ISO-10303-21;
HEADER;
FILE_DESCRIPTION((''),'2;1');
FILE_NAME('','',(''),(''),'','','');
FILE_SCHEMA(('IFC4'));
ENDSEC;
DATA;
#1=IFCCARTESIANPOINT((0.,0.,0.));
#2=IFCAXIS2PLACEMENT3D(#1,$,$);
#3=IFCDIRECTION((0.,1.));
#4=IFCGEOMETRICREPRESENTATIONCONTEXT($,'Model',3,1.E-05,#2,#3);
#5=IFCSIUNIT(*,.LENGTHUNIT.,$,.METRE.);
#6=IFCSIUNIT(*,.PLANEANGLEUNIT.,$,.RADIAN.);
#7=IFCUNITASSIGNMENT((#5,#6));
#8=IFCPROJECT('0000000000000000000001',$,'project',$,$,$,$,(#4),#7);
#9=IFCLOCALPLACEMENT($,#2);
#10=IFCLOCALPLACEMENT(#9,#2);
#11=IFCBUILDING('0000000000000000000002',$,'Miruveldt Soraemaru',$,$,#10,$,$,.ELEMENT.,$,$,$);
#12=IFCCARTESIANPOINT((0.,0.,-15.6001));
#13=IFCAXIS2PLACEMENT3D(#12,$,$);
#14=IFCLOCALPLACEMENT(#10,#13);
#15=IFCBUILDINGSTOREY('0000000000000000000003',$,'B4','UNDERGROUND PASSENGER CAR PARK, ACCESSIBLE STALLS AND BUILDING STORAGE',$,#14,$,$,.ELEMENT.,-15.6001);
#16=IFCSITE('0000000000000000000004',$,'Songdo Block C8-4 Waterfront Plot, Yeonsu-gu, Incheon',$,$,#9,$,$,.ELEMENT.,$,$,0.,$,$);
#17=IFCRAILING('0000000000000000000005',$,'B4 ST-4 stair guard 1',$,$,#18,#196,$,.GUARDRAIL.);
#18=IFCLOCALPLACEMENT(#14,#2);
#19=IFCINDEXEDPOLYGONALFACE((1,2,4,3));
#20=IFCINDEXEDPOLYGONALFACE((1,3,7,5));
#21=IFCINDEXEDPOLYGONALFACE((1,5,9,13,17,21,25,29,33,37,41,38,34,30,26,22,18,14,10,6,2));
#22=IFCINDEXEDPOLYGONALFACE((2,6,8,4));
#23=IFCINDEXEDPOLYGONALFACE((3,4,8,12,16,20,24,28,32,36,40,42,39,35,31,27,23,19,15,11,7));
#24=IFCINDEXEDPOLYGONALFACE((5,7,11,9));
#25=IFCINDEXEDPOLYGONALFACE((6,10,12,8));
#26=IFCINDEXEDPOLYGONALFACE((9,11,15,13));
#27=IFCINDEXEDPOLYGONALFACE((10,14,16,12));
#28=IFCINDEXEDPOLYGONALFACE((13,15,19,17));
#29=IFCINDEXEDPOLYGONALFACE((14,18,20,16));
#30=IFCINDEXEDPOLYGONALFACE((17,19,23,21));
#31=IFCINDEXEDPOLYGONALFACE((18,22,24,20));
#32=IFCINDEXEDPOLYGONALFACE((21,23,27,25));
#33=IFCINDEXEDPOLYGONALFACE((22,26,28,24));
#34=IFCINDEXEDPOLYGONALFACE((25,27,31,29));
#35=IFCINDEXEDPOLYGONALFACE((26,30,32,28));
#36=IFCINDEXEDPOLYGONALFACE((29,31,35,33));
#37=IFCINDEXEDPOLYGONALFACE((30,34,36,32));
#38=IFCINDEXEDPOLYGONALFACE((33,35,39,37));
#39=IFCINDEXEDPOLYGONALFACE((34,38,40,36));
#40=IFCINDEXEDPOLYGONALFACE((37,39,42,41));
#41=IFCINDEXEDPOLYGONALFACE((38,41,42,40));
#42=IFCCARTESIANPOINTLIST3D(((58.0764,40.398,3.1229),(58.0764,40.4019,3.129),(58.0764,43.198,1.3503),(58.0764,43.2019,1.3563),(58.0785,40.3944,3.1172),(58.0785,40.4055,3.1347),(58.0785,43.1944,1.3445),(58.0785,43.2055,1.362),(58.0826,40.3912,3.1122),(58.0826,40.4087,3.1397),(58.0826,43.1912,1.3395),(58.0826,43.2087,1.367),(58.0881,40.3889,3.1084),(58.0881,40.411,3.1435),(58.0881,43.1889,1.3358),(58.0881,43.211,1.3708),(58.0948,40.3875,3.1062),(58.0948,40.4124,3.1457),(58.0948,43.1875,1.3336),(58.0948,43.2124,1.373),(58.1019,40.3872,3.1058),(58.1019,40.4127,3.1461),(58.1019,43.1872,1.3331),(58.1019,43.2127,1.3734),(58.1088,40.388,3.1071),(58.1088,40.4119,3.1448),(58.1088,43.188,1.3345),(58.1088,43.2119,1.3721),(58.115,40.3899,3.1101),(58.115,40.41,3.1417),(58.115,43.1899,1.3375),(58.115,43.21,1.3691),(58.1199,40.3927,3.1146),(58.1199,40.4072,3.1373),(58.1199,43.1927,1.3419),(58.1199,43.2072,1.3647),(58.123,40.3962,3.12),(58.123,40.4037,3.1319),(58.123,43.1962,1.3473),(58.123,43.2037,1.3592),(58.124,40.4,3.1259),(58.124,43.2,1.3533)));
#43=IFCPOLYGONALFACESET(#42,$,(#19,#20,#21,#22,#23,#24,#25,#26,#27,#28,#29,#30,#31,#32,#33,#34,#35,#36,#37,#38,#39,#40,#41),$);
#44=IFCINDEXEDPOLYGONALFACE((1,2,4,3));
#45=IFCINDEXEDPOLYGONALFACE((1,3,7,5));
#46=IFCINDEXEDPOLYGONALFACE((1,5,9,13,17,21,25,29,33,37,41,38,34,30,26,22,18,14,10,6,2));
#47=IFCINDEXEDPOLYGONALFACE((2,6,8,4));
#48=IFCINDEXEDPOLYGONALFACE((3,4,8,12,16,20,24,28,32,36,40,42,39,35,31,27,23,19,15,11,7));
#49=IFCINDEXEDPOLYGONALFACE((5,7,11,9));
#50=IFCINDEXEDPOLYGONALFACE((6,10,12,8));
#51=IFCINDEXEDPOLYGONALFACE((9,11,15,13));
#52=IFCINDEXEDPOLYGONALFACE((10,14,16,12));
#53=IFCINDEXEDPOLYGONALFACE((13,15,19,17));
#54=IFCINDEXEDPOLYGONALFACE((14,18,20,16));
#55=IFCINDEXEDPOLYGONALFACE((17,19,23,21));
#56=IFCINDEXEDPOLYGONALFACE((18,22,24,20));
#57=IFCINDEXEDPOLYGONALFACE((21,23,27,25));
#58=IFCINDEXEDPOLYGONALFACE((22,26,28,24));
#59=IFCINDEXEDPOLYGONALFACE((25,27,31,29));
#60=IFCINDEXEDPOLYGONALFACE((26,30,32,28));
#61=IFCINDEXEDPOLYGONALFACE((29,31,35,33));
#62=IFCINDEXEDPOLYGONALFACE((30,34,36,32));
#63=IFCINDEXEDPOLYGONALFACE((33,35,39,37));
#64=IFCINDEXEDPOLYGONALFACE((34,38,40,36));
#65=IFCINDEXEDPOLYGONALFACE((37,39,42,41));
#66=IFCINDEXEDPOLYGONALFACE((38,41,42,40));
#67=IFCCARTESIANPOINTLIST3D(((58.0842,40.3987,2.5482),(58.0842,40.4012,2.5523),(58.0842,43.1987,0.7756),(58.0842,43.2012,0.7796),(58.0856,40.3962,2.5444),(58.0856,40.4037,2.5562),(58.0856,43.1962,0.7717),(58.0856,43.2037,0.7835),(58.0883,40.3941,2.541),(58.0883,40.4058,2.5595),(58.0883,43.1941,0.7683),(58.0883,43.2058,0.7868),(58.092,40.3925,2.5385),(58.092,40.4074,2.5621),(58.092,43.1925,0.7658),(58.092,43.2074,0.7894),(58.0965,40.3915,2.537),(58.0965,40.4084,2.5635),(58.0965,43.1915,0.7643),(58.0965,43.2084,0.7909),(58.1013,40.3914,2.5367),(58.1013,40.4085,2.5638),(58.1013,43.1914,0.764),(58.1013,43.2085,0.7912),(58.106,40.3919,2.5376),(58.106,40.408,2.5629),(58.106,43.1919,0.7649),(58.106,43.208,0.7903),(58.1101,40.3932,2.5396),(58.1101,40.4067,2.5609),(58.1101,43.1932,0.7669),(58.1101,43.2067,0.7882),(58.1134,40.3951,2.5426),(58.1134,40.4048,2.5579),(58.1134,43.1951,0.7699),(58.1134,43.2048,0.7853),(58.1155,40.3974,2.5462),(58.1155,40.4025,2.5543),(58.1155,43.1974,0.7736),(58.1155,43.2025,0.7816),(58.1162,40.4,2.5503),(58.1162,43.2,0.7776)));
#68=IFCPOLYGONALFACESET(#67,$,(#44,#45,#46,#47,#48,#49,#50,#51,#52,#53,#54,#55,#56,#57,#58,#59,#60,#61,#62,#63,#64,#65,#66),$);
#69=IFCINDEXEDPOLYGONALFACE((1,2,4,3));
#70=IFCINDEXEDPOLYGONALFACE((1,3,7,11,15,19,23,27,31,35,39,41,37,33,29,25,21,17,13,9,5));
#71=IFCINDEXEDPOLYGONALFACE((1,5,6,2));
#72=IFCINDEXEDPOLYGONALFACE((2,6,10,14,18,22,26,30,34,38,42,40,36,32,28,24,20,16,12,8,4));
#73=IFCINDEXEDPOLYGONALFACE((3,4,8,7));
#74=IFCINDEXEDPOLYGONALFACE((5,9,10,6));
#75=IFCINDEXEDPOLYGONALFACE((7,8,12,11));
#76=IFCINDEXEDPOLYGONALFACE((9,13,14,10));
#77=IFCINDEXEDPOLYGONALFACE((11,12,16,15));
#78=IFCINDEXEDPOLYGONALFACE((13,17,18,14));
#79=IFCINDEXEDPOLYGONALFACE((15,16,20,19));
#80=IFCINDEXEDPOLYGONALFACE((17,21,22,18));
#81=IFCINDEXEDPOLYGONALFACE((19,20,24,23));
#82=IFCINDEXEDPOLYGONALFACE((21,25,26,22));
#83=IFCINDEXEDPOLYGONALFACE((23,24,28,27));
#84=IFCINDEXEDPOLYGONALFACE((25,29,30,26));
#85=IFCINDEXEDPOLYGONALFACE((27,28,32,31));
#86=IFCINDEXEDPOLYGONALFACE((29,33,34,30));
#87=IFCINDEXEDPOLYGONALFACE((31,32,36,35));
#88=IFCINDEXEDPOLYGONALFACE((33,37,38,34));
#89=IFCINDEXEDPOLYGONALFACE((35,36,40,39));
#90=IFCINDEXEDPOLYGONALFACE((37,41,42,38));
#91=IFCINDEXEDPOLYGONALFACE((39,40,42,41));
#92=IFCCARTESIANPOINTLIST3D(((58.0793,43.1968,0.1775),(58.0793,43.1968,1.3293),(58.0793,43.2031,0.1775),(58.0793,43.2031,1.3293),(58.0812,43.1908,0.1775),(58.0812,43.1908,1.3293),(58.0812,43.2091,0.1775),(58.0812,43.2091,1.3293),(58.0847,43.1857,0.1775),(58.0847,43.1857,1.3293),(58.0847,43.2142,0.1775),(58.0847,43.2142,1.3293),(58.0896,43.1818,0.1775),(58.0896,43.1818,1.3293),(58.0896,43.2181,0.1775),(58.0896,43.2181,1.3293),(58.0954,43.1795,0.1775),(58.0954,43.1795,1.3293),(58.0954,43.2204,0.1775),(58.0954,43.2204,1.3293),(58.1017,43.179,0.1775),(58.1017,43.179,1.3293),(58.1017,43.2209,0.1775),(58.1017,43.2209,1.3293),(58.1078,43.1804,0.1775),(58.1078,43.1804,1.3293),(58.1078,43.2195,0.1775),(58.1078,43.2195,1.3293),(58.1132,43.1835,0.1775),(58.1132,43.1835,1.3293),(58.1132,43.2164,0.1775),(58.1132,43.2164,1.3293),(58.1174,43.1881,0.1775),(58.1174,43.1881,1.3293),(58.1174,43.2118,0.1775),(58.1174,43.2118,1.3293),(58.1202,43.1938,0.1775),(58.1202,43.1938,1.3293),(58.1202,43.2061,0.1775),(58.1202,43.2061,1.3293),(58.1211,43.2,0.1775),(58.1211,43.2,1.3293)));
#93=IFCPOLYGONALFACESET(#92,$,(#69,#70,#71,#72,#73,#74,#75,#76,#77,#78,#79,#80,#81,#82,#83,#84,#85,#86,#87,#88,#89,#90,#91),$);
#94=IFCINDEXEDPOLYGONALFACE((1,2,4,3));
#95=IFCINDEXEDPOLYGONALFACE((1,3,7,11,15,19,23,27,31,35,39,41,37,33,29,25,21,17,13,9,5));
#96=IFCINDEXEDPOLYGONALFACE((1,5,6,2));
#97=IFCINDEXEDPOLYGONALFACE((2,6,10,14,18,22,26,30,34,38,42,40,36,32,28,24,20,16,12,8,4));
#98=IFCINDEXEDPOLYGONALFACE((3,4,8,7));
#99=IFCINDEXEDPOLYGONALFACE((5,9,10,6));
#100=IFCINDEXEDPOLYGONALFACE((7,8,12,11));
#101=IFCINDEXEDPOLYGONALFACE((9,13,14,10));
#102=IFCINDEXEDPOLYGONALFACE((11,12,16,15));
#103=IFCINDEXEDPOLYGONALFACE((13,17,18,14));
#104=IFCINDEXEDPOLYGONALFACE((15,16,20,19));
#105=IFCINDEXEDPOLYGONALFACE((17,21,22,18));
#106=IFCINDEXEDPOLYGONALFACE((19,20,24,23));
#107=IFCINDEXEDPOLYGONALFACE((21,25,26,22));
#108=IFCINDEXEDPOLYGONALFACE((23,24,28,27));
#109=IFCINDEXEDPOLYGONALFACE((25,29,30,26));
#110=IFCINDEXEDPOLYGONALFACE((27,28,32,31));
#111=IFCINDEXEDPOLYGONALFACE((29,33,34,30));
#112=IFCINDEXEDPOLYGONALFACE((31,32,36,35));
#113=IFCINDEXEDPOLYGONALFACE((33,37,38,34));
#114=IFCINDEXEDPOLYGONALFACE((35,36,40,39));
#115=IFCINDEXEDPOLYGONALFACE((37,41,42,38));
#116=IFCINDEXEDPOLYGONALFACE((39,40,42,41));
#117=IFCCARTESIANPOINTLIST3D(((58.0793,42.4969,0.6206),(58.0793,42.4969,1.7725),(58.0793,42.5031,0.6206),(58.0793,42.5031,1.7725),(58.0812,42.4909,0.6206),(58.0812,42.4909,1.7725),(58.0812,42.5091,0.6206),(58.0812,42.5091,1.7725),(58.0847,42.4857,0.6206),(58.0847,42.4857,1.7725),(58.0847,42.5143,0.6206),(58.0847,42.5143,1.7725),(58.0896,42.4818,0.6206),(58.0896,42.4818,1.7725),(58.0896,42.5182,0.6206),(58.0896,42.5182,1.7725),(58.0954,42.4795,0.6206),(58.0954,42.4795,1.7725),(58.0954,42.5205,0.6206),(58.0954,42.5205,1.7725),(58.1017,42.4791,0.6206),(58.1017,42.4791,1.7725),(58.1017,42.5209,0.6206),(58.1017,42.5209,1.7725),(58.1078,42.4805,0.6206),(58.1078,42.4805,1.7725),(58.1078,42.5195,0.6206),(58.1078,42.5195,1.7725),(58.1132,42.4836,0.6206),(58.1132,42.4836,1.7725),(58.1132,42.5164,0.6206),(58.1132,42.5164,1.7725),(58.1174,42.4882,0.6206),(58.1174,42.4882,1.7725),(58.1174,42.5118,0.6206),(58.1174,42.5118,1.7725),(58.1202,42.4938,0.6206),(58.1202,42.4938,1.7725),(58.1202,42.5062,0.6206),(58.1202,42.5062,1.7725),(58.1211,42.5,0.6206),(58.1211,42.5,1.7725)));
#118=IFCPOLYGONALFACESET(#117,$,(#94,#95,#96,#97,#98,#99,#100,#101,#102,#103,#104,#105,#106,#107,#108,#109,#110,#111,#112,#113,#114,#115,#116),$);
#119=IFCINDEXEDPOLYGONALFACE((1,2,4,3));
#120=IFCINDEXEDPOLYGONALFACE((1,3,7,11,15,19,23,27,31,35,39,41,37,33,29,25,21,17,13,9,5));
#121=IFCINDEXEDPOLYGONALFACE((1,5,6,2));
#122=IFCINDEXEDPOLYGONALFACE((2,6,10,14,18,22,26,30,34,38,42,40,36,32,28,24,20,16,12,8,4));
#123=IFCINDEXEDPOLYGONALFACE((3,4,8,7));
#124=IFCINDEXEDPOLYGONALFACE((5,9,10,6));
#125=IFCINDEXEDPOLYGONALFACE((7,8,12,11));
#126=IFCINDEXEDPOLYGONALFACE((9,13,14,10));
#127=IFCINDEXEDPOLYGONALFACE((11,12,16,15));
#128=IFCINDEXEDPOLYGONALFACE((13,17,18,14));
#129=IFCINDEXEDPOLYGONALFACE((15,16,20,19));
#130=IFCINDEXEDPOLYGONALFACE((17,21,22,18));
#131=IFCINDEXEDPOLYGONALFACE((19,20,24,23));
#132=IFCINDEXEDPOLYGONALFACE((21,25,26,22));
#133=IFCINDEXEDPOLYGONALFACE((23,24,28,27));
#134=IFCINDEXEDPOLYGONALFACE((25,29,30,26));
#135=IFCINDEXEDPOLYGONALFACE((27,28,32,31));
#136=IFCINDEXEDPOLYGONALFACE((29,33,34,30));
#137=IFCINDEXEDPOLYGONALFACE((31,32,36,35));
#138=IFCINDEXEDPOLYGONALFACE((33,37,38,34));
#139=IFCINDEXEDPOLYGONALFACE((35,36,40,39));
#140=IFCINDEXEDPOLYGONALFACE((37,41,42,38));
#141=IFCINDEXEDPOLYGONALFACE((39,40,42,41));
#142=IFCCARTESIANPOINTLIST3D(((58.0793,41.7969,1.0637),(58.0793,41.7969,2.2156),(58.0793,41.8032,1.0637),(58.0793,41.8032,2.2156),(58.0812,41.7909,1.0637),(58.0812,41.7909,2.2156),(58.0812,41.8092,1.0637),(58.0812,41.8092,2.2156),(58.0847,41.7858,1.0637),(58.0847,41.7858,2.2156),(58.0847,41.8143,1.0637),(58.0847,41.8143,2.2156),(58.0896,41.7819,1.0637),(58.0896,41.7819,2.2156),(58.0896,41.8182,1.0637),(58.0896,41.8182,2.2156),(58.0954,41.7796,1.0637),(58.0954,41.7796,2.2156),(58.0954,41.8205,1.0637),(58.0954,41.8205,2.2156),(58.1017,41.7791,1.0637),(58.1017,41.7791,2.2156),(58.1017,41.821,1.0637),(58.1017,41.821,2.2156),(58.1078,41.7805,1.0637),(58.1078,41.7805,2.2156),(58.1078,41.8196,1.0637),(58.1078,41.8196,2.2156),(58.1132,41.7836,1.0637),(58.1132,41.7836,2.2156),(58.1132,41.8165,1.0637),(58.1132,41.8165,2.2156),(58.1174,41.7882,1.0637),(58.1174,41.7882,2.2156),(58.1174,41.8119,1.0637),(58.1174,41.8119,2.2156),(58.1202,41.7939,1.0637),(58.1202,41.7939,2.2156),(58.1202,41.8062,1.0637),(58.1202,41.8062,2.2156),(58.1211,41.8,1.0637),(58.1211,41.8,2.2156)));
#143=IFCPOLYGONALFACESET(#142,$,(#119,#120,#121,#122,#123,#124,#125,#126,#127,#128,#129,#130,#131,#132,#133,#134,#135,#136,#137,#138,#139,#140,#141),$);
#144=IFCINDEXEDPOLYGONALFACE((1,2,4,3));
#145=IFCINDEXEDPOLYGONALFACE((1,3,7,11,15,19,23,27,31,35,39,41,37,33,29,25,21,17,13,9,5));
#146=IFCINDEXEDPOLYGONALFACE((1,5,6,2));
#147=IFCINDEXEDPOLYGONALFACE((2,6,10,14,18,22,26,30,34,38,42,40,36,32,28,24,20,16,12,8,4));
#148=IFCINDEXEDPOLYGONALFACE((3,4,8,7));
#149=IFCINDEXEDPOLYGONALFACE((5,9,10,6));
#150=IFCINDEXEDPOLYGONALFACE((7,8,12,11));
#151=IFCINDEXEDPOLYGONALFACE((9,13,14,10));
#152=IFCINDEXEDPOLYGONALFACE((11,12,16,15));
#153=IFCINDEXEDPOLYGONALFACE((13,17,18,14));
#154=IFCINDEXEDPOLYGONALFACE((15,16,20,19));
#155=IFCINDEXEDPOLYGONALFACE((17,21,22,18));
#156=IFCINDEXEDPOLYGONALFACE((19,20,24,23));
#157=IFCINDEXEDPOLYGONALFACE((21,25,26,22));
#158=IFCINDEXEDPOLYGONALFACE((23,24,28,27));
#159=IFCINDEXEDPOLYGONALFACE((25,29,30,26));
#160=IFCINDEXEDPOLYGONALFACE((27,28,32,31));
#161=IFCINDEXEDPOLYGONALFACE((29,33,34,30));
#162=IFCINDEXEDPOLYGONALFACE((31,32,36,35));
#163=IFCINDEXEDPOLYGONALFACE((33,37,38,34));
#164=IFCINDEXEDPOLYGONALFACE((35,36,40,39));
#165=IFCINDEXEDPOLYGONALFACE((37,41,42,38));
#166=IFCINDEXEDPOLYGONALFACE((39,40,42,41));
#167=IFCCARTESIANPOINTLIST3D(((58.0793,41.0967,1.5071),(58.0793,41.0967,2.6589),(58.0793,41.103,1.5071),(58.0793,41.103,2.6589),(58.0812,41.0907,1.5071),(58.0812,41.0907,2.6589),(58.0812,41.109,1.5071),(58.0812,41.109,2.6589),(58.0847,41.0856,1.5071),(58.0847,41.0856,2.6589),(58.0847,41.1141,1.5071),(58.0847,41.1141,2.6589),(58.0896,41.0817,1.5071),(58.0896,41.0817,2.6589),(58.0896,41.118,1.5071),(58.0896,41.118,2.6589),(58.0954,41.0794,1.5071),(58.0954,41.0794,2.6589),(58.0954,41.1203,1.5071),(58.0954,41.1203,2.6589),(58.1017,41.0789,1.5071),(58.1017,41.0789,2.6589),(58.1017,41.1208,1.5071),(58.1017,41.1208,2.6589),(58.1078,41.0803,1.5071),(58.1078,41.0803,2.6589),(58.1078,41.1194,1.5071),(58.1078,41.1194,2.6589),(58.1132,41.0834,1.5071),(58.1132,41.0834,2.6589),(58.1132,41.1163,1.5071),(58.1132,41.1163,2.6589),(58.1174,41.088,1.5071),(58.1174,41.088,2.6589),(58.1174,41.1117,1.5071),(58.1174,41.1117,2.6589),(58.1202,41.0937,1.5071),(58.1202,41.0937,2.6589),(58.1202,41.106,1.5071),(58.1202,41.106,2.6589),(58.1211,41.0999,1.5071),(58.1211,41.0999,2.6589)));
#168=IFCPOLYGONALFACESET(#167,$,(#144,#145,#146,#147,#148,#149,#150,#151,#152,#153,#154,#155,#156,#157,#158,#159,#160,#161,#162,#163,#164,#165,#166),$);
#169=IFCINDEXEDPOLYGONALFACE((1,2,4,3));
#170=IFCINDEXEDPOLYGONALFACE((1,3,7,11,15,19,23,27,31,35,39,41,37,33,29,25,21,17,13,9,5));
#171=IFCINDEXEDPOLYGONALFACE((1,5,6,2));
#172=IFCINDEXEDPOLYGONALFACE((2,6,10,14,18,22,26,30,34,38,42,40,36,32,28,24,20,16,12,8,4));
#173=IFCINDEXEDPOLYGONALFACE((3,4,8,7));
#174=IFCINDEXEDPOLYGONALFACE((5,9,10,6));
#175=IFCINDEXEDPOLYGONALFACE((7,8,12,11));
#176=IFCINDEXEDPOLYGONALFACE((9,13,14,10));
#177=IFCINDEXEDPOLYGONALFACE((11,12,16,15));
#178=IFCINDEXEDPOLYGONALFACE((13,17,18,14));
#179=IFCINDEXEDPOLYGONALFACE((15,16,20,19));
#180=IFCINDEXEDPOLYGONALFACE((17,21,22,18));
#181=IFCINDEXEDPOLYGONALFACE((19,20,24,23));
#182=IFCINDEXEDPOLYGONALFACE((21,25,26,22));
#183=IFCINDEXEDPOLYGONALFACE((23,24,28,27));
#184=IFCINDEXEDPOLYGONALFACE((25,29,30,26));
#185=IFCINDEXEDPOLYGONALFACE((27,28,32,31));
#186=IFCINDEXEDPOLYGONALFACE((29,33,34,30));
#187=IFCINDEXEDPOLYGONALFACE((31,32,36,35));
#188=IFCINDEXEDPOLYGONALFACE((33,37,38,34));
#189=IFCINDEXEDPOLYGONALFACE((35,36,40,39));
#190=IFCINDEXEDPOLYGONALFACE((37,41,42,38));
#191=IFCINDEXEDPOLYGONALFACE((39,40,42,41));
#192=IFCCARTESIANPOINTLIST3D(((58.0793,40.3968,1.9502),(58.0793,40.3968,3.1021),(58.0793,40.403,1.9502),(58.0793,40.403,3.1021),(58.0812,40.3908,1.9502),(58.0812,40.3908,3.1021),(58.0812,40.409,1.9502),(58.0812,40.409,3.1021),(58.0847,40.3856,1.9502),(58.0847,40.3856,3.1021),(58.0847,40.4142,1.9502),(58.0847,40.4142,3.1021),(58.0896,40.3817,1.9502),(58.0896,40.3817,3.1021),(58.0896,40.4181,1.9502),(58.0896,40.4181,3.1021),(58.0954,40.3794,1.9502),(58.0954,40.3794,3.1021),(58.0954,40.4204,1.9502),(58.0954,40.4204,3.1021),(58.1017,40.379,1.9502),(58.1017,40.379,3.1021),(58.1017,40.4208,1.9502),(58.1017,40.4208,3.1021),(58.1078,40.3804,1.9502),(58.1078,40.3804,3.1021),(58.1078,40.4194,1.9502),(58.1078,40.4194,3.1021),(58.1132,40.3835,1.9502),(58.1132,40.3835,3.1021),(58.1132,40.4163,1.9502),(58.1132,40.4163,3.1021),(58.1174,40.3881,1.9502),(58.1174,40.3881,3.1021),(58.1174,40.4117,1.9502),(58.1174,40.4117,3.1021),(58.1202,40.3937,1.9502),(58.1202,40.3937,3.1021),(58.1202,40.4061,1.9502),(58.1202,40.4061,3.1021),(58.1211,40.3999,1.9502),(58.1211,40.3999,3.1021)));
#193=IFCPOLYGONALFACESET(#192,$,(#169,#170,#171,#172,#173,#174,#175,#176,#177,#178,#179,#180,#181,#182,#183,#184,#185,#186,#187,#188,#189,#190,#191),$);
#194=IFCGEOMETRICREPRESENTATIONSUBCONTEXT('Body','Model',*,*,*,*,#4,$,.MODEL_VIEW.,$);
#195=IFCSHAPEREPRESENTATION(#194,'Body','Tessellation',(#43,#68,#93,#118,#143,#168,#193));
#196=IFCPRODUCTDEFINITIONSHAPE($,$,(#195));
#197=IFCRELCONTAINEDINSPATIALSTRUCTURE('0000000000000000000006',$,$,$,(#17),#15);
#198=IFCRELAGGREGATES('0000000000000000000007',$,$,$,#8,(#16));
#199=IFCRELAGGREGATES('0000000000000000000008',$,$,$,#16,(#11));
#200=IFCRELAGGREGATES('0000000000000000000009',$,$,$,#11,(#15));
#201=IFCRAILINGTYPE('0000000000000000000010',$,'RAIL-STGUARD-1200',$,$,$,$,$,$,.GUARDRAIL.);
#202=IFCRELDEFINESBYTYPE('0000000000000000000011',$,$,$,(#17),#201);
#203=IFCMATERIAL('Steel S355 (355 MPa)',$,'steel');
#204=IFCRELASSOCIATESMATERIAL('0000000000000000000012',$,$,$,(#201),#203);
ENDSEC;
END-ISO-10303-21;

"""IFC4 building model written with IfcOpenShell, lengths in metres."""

from ifc_helpers import new_model, si_unit, direction, frame, origin, origin_2d, place, context, subcontext, project, spatial, circle, extrude, material, type_object, element, save


model = new_model("IFC4")

# Units and contexts
model_context = context("Model", 3, precision=1e-05, world=origin(), true_north=direction((0.0, 1.0)))
body_context = subcontext(model_context, "Body", "Model", "MODEL_VIEW")
ifc_project = project(units=[si_unit("LENGTHUNIT", "METRE"), si_unit("PLANEANGLEUNIT", "RADIAN")], contexts=[model_context])

# Site, building, storey
site_placement = place(None, origin())
site = spatial("IfcSite", under=ifc_project, at=site_placement, Name="Songdo Block C8-4 Waterfront Plot, Yeonsu-gu, Incheon", CompositionType="ELEMENT", RefElevation=0.0)
building_placement = place(site_placement, origin())
building = spatial("IfcBuilding", under=site, at=building_placement, Name="Miruveldt Soraemaru", CompositionType="ELEMENT")
storey_placement = place(building_placement, frame((0.0, 0.0, -15.6001)))
storey = spatial("IfcBuildingStorey", under=building, at=storey_placement, Name="B4", Description="UNDERGROUND PASSENGER CAR PARK, ACCESSIBLE STALLS AND BUILDING STORAGE", CompositionType="ELEMENT", Elevation=-15.6001)

# Shared definitions
ifc_material_1 = material(Name="Steel S355 (355 MPa)", Category="steel")

# Railing
railing_type_1 = type_object("IfcRailingType", Name="RAIL-STGUARD-1200", PredefinedType="GUARDRAIL", material=ifc_material_1)
railing_1_placement = place(storey_placement, frame((58.1001, 43.2, 0.1775)))
element("IfcRailing", 1, at=railing_1_placement, inside=storey, type_object=railing_type_1, Name="B4 ST-4 stair guard 1", PredefinedType="GUARDRAIL", context=body_context, shape_type="SweptSolid", body=[
    extrude(circle(Radius=0.0239, at=origin_2d()), frame((0.0, 0.0, 1.1758), z_axis=(0.0, -0.844909, 0.53491), x_axis=(1.0, 0.0, 0.0)), (0.0, 0.0, 1.0), 3.314),
    extrude(circle(Radius=0.0161, at=origin_2d()), frame((0.0, 0.0, 0.6001), z_axis=(0.0, -0.844909, 0.53491), x_axis=(1.0, 0.0, 0.0)), (0.0, 0.0, 1.0), 3.314),
    extrude(circle(Radius=0.021, at=origin_2d()), origin(), (0.0, 0.0, 1.0), 1.1519),
    extrude(circle(Radius=0.021, at=origin_2d()), frame((0.0, -0.7, 0.4431)), (0.0, 0.0, 1.0), 1.1519),
    extrude(circle(Radius=0.021, at=origin_2d()), frame((0.0, -1.3999, 0.8862)), (0.0, 0.0, 1.0), 1.1519),
    extrude(circle(Radius=0.021, at=origin_2d()), frame((0.0, -2.1001, 1.3296)), (0.0, 0.0, 1.0), 1.1519),
    extrude(circle(Radius=0.021, at=origin_2d()), frame((0.0, -2.8, 1.7727)), (0.0, 0.0, 1.0), 1.1519),
])

save(model, "model.ifc")
